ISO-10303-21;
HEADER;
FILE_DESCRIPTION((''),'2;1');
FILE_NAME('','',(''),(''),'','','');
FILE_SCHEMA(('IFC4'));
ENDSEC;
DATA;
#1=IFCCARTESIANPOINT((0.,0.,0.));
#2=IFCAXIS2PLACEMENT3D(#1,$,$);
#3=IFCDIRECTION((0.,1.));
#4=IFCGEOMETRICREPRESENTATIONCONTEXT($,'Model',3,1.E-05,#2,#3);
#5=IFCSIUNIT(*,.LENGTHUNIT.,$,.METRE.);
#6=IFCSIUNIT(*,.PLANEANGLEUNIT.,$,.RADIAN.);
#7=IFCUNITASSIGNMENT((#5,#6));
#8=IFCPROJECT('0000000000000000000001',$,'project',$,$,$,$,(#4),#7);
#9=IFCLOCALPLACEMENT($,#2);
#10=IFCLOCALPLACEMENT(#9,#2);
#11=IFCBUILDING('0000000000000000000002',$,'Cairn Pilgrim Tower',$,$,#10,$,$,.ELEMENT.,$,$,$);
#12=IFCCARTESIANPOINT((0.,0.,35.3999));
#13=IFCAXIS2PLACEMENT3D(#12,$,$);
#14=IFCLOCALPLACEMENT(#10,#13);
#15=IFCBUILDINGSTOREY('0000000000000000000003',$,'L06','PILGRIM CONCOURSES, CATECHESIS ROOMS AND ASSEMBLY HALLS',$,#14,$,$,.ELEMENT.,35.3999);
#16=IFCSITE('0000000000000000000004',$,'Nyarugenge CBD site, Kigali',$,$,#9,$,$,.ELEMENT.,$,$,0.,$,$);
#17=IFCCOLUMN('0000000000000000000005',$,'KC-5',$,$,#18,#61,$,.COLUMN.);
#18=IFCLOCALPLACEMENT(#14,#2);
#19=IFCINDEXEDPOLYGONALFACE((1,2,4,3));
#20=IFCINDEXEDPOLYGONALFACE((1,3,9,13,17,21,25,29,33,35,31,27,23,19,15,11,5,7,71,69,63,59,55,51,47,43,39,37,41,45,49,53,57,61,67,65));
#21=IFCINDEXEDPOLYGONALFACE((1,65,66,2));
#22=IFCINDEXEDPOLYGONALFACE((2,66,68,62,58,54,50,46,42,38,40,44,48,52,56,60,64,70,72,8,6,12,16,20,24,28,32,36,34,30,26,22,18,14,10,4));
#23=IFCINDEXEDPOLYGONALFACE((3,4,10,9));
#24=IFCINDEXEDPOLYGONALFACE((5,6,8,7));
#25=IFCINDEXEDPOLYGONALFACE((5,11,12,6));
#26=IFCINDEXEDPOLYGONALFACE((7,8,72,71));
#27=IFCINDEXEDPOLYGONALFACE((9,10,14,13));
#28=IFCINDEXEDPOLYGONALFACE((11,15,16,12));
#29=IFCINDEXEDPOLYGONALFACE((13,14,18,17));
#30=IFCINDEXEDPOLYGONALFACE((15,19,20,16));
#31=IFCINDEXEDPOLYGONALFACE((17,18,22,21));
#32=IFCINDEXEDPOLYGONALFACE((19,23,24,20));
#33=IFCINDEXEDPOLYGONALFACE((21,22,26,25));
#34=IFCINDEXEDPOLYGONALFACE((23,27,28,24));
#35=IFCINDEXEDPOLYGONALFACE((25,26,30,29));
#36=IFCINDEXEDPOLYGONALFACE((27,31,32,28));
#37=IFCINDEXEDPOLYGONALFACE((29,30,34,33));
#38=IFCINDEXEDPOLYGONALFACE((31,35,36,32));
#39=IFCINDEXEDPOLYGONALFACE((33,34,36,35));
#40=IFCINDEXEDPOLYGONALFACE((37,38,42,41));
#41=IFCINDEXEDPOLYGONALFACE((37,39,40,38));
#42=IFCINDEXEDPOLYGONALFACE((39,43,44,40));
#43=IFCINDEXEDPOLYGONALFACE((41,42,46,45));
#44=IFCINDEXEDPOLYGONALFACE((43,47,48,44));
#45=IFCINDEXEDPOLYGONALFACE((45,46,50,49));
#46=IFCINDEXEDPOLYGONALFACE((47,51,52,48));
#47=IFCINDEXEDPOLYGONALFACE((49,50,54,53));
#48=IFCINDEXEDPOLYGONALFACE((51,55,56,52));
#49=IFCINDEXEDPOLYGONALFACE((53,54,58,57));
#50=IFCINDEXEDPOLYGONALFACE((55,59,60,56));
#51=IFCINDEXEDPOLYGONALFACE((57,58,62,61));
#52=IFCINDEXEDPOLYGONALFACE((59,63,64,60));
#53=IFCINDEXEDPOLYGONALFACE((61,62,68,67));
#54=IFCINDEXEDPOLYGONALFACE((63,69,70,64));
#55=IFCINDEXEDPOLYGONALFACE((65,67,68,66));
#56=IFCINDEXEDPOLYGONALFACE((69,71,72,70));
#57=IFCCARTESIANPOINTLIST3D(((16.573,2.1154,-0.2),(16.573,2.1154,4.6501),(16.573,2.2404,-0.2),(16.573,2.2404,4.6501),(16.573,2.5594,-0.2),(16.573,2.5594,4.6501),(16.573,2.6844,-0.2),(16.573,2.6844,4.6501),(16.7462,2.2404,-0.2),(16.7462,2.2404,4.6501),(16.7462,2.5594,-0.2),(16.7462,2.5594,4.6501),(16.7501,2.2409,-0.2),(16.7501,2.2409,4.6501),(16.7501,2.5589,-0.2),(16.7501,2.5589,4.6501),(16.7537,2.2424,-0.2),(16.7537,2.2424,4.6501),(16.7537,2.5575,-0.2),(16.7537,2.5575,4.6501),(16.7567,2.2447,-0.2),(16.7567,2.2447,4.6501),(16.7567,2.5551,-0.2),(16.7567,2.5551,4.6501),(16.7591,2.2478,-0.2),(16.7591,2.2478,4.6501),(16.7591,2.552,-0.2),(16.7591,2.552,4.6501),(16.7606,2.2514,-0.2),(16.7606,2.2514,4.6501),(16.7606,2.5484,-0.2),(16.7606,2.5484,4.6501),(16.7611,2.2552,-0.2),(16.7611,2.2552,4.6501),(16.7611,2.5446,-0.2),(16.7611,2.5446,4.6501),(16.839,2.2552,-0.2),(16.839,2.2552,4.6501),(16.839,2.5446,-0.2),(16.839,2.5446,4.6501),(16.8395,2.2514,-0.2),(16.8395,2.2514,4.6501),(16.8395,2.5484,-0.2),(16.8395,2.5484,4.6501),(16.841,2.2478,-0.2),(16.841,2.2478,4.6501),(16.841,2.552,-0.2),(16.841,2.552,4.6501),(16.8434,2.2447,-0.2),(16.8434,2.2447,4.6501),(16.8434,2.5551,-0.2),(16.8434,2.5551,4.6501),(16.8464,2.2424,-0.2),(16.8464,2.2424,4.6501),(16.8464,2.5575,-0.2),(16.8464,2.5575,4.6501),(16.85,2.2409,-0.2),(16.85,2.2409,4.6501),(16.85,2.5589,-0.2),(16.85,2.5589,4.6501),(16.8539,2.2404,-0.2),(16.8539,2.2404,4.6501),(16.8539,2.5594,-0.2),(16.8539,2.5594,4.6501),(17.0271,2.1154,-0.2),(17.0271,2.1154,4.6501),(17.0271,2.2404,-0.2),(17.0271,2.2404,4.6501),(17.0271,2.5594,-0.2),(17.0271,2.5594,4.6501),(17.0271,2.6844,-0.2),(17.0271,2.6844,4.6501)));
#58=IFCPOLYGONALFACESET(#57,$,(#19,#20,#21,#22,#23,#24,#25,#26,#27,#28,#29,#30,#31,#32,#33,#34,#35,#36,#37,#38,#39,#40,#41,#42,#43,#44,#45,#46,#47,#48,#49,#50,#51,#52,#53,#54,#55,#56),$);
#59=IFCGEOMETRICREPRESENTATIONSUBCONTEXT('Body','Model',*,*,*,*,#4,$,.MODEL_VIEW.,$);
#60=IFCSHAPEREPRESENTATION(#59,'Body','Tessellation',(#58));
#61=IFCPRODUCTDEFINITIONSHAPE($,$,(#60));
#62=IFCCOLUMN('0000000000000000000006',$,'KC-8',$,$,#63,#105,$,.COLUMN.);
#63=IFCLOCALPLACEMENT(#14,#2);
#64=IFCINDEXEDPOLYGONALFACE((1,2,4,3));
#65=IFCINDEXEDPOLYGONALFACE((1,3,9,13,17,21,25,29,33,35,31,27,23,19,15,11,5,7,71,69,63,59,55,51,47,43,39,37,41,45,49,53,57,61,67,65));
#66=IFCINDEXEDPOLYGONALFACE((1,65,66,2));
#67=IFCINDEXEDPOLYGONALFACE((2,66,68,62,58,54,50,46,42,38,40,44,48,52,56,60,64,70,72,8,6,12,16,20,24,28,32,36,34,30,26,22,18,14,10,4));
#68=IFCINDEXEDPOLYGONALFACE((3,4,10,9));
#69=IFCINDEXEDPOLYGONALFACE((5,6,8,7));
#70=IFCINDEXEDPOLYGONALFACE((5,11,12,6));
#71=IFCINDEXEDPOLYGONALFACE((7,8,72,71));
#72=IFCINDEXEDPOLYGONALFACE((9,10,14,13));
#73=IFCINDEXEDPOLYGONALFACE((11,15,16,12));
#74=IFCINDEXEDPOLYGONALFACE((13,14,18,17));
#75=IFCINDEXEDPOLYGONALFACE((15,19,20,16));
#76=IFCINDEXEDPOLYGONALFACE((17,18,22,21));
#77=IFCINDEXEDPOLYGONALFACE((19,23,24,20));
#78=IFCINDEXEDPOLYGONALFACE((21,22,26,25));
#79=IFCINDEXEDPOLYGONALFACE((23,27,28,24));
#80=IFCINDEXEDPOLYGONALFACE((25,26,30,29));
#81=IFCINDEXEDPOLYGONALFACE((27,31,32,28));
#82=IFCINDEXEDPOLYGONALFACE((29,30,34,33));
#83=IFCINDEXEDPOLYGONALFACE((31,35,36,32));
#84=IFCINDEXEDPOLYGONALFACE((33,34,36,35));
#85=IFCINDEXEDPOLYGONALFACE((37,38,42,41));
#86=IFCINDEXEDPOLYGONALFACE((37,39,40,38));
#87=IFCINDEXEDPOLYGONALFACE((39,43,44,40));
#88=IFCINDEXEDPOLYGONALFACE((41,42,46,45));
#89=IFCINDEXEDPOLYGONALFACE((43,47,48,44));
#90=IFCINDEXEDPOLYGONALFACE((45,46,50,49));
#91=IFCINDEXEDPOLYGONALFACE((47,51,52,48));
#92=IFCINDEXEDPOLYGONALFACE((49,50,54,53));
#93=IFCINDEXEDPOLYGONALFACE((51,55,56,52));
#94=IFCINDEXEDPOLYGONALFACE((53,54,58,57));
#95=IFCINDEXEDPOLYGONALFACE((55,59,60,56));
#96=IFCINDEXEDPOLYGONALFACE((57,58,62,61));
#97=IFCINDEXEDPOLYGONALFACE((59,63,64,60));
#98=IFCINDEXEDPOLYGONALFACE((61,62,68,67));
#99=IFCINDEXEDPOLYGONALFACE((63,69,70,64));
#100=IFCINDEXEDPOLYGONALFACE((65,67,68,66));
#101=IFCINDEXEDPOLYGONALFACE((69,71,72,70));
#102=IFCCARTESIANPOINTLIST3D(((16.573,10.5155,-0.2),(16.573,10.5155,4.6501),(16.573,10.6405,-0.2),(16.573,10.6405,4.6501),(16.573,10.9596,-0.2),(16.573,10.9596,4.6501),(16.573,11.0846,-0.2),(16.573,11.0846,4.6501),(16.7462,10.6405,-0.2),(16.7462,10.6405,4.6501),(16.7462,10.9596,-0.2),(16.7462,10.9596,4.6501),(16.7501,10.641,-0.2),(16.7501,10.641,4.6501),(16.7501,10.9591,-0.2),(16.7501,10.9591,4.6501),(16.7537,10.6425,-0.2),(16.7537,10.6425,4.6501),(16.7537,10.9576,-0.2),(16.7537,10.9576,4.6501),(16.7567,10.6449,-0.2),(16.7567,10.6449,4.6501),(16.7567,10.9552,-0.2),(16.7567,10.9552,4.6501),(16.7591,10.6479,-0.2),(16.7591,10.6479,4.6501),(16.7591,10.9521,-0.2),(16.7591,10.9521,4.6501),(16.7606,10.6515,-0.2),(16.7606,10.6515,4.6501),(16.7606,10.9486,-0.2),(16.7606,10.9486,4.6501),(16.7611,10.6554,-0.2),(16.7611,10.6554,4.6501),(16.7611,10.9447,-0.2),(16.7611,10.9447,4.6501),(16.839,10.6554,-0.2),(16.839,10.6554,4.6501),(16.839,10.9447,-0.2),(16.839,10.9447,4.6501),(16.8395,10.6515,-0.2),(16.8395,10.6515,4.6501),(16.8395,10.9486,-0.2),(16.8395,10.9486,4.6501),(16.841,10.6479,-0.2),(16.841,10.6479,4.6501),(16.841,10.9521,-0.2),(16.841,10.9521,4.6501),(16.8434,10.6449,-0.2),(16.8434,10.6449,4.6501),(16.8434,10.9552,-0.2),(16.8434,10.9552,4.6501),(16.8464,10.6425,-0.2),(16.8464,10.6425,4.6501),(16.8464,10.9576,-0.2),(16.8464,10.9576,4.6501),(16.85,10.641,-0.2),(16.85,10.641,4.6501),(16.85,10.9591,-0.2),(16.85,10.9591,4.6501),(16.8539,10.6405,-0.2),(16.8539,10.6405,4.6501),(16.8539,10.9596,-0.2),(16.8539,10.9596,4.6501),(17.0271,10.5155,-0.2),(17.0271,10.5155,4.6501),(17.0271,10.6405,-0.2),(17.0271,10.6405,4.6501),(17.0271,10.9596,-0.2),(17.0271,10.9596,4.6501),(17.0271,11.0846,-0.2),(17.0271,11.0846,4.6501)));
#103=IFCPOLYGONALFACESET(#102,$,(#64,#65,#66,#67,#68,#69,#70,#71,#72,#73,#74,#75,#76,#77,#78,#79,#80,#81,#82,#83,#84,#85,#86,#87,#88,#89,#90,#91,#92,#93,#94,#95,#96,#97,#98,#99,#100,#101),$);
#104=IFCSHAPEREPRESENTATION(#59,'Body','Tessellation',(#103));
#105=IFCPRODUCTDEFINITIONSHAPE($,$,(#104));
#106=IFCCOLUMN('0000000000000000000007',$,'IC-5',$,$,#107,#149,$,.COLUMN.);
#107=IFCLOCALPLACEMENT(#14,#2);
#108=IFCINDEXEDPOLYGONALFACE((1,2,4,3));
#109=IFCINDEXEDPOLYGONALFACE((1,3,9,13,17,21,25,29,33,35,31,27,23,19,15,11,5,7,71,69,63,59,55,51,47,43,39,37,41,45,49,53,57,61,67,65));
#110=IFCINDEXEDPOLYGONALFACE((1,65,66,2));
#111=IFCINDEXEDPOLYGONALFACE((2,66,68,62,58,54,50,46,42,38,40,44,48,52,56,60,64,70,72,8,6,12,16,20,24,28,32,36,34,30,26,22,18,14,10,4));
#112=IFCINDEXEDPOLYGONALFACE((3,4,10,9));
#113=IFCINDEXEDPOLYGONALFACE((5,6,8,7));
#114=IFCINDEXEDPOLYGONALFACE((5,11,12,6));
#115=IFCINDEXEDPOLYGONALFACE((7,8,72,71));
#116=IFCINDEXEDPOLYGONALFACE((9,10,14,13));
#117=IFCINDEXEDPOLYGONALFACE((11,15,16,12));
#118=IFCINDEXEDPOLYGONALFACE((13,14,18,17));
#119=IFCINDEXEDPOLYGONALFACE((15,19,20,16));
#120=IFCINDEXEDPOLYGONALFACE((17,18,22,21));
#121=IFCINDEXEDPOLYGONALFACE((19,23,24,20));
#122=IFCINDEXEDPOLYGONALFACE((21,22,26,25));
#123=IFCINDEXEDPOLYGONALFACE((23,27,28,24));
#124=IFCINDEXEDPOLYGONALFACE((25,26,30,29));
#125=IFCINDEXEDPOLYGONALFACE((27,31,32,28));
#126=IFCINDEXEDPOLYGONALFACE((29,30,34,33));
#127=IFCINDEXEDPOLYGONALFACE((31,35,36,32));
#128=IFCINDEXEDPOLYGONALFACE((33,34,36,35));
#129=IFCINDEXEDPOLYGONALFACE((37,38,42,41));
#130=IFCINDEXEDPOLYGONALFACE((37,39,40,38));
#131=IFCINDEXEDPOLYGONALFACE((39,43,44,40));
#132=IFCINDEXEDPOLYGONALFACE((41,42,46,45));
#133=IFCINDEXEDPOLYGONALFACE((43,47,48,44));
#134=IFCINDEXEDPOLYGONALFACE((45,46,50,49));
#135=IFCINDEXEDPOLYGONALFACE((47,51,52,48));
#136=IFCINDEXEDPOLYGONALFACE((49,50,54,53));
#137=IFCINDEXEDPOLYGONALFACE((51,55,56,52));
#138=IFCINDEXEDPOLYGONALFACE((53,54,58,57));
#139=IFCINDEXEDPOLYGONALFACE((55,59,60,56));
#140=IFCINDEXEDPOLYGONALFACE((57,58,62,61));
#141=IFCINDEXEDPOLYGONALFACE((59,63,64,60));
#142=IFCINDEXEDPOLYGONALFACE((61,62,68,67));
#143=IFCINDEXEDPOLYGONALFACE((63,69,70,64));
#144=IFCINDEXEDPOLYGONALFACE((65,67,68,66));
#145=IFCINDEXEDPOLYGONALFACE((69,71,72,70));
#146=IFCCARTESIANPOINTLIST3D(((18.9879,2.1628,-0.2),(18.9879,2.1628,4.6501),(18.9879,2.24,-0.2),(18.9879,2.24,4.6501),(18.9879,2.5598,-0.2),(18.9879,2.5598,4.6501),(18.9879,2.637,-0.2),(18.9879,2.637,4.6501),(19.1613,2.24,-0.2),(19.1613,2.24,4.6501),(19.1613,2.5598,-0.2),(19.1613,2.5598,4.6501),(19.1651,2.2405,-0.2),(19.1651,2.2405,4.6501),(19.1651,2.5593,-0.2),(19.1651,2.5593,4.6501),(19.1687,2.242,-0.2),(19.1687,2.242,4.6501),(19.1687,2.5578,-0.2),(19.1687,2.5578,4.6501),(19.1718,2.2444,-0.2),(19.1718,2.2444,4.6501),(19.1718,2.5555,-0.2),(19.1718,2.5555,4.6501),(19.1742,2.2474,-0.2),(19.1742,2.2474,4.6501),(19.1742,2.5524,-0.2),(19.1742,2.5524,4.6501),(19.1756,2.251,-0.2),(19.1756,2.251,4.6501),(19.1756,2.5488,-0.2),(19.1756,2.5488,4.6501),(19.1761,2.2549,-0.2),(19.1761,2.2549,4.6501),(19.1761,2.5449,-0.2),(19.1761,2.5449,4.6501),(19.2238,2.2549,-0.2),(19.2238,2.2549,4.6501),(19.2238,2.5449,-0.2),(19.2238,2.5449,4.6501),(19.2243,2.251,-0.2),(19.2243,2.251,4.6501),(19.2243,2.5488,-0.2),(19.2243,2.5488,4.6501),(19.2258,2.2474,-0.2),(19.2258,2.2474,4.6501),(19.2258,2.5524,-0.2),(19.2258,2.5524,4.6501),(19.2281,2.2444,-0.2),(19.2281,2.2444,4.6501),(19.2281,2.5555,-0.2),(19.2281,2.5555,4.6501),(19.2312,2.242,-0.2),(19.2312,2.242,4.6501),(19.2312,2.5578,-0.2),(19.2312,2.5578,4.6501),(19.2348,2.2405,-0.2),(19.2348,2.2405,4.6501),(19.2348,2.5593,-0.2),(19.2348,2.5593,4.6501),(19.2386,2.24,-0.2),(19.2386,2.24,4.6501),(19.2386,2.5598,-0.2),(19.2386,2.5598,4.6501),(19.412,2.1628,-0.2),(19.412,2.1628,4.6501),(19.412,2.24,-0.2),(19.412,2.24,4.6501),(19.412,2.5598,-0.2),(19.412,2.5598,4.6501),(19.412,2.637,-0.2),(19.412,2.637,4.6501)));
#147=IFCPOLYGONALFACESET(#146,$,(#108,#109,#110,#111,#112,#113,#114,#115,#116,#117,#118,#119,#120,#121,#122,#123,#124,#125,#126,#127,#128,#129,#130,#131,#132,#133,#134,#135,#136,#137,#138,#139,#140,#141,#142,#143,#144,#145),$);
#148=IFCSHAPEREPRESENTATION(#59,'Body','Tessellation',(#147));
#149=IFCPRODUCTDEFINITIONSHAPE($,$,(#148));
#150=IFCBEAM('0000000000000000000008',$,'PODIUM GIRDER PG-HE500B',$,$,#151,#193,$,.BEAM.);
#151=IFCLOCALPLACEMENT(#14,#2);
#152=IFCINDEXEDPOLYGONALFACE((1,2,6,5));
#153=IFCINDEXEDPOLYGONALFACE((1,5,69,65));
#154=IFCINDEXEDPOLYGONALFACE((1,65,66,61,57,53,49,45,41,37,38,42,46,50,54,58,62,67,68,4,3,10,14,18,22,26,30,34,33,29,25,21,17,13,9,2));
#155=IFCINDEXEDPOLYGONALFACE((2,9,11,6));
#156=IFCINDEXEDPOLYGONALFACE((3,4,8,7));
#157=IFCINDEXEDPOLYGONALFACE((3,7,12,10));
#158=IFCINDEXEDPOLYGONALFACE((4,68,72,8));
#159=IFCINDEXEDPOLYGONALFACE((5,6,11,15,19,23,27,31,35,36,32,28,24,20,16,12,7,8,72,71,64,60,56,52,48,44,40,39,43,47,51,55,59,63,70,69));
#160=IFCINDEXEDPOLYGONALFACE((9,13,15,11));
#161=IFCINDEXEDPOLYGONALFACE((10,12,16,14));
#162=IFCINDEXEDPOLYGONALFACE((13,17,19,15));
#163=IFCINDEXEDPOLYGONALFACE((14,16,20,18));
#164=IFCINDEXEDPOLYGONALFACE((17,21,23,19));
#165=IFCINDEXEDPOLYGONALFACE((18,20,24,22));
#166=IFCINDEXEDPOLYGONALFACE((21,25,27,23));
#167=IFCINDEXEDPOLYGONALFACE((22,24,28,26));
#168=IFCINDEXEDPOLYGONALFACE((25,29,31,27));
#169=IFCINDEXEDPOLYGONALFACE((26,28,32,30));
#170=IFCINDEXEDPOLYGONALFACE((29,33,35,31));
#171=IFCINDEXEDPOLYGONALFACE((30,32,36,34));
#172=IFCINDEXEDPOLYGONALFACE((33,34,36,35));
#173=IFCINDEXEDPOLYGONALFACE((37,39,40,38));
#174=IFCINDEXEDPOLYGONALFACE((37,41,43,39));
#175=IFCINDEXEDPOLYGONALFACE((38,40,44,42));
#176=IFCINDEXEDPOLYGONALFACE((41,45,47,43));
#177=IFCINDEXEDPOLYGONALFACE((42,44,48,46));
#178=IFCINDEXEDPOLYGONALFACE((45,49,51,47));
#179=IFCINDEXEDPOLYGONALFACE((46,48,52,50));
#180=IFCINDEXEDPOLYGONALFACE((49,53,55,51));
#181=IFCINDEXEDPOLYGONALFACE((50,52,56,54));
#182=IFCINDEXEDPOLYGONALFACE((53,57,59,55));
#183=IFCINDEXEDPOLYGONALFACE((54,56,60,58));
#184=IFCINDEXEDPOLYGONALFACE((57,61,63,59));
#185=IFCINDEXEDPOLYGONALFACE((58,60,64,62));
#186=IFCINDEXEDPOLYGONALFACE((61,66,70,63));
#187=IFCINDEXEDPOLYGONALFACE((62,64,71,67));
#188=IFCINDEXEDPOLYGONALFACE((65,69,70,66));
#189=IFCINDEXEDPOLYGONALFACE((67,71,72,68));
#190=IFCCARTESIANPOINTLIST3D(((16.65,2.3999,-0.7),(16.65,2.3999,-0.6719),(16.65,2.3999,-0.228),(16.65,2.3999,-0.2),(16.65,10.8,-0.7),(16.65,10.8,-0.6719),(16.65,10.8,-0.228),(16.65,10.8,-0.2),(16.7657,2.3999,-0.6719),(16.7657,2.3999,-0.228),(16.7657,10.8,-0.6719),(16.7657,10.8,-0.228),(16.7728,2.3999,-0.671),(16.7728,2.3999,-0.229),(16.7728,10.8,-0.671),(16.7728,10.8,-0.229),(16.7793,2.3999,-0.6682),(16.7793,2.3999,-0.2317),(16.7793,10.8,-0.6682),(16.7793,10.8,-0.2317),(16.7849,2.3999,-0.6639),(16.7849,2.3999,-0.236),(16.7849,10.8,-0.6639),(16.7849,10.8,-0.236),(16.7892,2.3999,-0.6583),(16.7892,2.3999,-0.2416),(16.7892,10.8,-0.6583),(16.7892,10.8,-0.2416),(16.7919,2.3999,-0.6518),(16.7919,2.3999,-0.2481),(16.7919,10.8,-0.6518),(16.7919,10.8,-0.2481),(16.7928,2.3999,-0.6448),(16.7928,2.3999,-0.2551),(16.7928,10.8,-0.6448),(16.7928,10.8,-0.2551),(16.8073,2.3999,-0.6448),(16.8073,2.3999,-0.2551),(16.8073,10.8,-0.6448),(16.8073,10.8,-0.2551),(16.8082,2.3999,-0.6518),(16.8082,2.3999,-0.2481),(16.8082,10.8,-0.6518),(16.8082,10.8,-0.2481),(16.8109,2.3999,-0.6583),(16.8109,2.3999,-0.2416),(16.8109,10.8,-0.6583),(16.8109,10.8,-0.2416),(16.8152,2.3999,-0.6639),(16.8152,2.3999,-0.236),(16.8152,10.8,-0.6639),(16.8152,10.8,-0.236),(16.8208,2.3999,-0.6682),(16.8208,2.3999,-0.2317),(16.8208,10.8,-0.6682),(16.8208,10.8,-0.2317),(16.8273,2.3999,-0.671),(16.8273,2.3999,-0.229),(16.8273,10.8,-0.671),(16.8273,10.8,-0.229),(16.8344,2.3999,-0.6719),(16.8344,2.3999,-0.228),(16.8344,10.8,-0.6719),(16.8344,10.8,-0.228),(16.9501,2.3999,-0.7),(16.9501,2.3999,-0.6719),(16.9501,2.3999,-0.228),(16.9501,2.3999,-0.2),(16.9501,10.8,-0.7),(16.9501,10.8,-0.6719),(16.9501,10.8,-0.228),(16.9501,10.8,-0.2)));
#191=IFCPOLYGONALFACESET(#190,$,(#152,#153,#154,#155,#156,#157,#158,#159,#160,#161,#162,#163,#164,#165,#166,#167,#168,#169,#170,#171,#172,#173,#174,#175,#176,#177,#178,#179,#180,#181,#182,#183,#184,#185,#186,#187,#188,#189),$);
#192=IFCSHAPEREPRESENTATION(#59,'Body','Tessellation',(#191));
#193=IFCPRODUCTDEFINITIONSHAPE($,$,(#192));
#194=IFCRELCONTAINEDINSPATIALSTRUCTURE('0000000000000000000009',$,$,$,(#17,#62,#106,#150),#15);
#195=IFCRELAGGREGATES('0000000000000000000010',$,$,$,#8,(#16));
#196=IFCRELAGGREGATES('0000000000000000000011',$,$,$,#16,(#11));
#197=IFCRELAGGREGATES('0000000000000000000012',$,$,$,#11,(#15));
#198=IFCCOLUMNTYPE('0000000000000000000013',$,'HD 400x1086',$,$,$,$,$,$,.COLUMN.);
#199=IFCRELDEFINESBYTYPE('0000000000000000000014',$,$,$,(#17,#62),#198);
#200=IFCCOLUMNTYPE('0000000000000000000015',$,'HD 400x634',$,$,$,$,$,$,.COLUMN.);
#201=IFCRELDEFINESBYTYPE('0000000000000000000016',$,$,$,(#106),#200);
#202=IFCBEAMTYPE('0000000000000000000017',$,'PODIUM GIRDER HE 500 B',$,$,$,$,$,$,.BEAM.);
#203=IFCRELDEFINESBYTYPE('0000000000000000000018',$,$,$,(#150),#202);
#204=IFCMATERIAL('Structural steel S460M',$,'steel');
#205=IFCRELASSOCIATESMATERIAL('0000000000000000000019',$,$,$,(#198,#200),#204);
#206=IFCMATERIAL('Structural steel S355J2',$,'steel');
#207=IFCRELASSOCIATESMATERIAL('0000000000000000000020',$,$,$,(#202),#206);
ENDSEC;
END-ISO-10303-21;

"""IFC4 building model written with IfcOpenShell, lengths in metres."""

from ifc_helpers import new_model, si_unit, direction, frame, origin, origin_2d, place, context, subcontext, project, spatial, i_section, extrude, material, material_profile, profile_set, type_object, element, save


model = new_model("IFC4")

# Units and contexts
model_context = context("Model", 3, precision=1e-05, world=origin(), true_north=direction((0.0, 1.0)))
body_context = subcontext(model_context, "Body", "Model", "MODEL_VIEW")
ifc_project = project(units=[si_unit("LENGTHUNIT", "METRE"), si_unit("PLANEANGLEUNIT", "RADIAN")], contexts=[model_context])

# Site, building, storey
site_placement = place(None, origin())
site = spatial("IfcSite", under=ifc_project, at=site_placement, Name="Nyarugenge CBD site, Kigali", CompositionType="ELEMENT", RefElevation=0.0)
building_placement = place(site_placement, origin())
building = spatial("IfcBuilding", under=site, at=building_placement, Name="Cairn Pilgrim Tower", CompositionType="ELEMENT")
storey_placement = place(building_placement, frame((0.0, 0.0, 35.3999)))
storey = spatial("IfcBuildingStorey", under=building, at=storey_placement, Name="L06", Description="PILGRIM CONCOURSES, CATECHESIS ROOMS AND ASSEMBLY HALLS", CompositionType="ELEMENT", Elevation=35.3999)

# Columns
ifc_material_1 = material(Name="Structural steel S460M", Category="steel")
ifc_material_profile_1 = material_profile(ifc_material_1, i_section(OverallWidth=0.4541, OverallDepth=0.5691, WebThickness=0.0779, FlangeThickness=0.125, FilletRadius=0.0149, at=origin_2d()), Name="HD 400x1086")
ifc_profile_set_1 = profile_set([ifc_material_profile_1], Name="Structural steel S460M")
column_type_1 = type_object("IfcColumnType", Name="HD 400x1086", PredefinedType="COLUMN", material=ifc_profile_set_1)
for number, where, z_axis, x_axis, name in (
    (1, (16.8, 2.3999, -0.2), (0.0, 0.0, 1.0), (1.0, 0.0, 0.0), "KC-5"),
    (2, (16.8, 10.8, -0.2), (0.0, 0.0, 1.0), (1.0, 0.0, 0.0), "KC-8"),
):
    element("IfcColumn", number, at=place(storey_placement, frame(where, z_axis=z_axis, x_axis=x_axis)), inside=storey, type_object=column_type_1, Name=name, PredefinedType="COLUMN", context=body_context, shape_type="SweptSolid", body=[
        extrude(i_section(OverallWidth=0.4541, OverallDepth=0.5691, WebThickness=0.0779, FlangeThickness=0.125, FilletRadius=0.0149, at=origin_2d()), origin(), (0.0, 0.0, 1.0), 4.8501),
    ])
ifc_material_profile_2 = material_profile(ifc_material_1, i_section(OverallWidth=0.4241, OverallDepth=0.4741, WebThickness=0.0476, FlangeThickness=0.0771, FilletRadius=0.0149, at=origin_2d()), Name="HD 400x634")
ifc_profile_set_2 = profile_set([ifc_material_profile_2], Name="Structural steel S460M")
column_type_2 = type_object("IfcColumnType", Name="HD 400x634", PredefinedType="COLUMN", material=ifc_profile_set_2)
column_placement = place(storey_placement, frame((19.2, 2.3999, -0.2), z_axis=(0.0, 0.0, 1.0), x_axis=(1.0, 0.0, 0.0)))
element("IfcColumn", 3, at=column_placement, inside=storey, type_object=column_type_2, Name="IC-5", PredefinedType="COLUMN", context=body_context, shape_type="SweptSolid", body=[
    extrude(i_section(OverallWidth=0.4241, OverallDepth=0.4741, WebThickness=0.0476, FlangeThickness=0.0771, FilletRadius=0.0149, at=origin_2d()), origin(), (0.0, 0.0, 1.0), 4.8501),
])

# Beam
ifc_material_2 = material(Name="Structural steel S355J2", Category="steel")
ifc_material_profile_3 = material_profile(ifc_material_2, i_section(OverallWidth=0.3, OverallDepth=0.5, WebThickness=0.0144, FlangeThickness=0.0281, FilletRadius=0.0271, at=origin_2d()), Name="HEB 500")
ifc_profile_set_3 = profile_set([ifc_material_profile_3], Name="Structural steel S355J2")
beam_type_1 = type_object("IfcBeamType", Name="PODIUM GIRDER HE 500 B", PredefinedType="BEAM", material=ifc_profile_set_3)
beam_1_placement = place(storey_placement, frame((16.8, 2.3999, -0.45), z_axis=(0.0, 1.0, 0.0), x_axis=(-1.0, 0.0, 0.0)))
element("IfcBeam", 4, at=beam_1_placement, inside=storey, type_object=beam_type_1, Name="PODIUM GIRDER PG-HE500B", PredefinedType="BEAM", context=body_context, shape_type="SweptSolid", body=[
    extrude(i_section(OverallWidth=0.3, OverallDepth=0.5, WebThickness=0.0144, FlangeThickness=0.0281, FilletRadius=0.0271, at=origin_2d()), origin(), (0.0, 0.0, 1.0), 8.4001),
])

save(model, "model.ifc")
